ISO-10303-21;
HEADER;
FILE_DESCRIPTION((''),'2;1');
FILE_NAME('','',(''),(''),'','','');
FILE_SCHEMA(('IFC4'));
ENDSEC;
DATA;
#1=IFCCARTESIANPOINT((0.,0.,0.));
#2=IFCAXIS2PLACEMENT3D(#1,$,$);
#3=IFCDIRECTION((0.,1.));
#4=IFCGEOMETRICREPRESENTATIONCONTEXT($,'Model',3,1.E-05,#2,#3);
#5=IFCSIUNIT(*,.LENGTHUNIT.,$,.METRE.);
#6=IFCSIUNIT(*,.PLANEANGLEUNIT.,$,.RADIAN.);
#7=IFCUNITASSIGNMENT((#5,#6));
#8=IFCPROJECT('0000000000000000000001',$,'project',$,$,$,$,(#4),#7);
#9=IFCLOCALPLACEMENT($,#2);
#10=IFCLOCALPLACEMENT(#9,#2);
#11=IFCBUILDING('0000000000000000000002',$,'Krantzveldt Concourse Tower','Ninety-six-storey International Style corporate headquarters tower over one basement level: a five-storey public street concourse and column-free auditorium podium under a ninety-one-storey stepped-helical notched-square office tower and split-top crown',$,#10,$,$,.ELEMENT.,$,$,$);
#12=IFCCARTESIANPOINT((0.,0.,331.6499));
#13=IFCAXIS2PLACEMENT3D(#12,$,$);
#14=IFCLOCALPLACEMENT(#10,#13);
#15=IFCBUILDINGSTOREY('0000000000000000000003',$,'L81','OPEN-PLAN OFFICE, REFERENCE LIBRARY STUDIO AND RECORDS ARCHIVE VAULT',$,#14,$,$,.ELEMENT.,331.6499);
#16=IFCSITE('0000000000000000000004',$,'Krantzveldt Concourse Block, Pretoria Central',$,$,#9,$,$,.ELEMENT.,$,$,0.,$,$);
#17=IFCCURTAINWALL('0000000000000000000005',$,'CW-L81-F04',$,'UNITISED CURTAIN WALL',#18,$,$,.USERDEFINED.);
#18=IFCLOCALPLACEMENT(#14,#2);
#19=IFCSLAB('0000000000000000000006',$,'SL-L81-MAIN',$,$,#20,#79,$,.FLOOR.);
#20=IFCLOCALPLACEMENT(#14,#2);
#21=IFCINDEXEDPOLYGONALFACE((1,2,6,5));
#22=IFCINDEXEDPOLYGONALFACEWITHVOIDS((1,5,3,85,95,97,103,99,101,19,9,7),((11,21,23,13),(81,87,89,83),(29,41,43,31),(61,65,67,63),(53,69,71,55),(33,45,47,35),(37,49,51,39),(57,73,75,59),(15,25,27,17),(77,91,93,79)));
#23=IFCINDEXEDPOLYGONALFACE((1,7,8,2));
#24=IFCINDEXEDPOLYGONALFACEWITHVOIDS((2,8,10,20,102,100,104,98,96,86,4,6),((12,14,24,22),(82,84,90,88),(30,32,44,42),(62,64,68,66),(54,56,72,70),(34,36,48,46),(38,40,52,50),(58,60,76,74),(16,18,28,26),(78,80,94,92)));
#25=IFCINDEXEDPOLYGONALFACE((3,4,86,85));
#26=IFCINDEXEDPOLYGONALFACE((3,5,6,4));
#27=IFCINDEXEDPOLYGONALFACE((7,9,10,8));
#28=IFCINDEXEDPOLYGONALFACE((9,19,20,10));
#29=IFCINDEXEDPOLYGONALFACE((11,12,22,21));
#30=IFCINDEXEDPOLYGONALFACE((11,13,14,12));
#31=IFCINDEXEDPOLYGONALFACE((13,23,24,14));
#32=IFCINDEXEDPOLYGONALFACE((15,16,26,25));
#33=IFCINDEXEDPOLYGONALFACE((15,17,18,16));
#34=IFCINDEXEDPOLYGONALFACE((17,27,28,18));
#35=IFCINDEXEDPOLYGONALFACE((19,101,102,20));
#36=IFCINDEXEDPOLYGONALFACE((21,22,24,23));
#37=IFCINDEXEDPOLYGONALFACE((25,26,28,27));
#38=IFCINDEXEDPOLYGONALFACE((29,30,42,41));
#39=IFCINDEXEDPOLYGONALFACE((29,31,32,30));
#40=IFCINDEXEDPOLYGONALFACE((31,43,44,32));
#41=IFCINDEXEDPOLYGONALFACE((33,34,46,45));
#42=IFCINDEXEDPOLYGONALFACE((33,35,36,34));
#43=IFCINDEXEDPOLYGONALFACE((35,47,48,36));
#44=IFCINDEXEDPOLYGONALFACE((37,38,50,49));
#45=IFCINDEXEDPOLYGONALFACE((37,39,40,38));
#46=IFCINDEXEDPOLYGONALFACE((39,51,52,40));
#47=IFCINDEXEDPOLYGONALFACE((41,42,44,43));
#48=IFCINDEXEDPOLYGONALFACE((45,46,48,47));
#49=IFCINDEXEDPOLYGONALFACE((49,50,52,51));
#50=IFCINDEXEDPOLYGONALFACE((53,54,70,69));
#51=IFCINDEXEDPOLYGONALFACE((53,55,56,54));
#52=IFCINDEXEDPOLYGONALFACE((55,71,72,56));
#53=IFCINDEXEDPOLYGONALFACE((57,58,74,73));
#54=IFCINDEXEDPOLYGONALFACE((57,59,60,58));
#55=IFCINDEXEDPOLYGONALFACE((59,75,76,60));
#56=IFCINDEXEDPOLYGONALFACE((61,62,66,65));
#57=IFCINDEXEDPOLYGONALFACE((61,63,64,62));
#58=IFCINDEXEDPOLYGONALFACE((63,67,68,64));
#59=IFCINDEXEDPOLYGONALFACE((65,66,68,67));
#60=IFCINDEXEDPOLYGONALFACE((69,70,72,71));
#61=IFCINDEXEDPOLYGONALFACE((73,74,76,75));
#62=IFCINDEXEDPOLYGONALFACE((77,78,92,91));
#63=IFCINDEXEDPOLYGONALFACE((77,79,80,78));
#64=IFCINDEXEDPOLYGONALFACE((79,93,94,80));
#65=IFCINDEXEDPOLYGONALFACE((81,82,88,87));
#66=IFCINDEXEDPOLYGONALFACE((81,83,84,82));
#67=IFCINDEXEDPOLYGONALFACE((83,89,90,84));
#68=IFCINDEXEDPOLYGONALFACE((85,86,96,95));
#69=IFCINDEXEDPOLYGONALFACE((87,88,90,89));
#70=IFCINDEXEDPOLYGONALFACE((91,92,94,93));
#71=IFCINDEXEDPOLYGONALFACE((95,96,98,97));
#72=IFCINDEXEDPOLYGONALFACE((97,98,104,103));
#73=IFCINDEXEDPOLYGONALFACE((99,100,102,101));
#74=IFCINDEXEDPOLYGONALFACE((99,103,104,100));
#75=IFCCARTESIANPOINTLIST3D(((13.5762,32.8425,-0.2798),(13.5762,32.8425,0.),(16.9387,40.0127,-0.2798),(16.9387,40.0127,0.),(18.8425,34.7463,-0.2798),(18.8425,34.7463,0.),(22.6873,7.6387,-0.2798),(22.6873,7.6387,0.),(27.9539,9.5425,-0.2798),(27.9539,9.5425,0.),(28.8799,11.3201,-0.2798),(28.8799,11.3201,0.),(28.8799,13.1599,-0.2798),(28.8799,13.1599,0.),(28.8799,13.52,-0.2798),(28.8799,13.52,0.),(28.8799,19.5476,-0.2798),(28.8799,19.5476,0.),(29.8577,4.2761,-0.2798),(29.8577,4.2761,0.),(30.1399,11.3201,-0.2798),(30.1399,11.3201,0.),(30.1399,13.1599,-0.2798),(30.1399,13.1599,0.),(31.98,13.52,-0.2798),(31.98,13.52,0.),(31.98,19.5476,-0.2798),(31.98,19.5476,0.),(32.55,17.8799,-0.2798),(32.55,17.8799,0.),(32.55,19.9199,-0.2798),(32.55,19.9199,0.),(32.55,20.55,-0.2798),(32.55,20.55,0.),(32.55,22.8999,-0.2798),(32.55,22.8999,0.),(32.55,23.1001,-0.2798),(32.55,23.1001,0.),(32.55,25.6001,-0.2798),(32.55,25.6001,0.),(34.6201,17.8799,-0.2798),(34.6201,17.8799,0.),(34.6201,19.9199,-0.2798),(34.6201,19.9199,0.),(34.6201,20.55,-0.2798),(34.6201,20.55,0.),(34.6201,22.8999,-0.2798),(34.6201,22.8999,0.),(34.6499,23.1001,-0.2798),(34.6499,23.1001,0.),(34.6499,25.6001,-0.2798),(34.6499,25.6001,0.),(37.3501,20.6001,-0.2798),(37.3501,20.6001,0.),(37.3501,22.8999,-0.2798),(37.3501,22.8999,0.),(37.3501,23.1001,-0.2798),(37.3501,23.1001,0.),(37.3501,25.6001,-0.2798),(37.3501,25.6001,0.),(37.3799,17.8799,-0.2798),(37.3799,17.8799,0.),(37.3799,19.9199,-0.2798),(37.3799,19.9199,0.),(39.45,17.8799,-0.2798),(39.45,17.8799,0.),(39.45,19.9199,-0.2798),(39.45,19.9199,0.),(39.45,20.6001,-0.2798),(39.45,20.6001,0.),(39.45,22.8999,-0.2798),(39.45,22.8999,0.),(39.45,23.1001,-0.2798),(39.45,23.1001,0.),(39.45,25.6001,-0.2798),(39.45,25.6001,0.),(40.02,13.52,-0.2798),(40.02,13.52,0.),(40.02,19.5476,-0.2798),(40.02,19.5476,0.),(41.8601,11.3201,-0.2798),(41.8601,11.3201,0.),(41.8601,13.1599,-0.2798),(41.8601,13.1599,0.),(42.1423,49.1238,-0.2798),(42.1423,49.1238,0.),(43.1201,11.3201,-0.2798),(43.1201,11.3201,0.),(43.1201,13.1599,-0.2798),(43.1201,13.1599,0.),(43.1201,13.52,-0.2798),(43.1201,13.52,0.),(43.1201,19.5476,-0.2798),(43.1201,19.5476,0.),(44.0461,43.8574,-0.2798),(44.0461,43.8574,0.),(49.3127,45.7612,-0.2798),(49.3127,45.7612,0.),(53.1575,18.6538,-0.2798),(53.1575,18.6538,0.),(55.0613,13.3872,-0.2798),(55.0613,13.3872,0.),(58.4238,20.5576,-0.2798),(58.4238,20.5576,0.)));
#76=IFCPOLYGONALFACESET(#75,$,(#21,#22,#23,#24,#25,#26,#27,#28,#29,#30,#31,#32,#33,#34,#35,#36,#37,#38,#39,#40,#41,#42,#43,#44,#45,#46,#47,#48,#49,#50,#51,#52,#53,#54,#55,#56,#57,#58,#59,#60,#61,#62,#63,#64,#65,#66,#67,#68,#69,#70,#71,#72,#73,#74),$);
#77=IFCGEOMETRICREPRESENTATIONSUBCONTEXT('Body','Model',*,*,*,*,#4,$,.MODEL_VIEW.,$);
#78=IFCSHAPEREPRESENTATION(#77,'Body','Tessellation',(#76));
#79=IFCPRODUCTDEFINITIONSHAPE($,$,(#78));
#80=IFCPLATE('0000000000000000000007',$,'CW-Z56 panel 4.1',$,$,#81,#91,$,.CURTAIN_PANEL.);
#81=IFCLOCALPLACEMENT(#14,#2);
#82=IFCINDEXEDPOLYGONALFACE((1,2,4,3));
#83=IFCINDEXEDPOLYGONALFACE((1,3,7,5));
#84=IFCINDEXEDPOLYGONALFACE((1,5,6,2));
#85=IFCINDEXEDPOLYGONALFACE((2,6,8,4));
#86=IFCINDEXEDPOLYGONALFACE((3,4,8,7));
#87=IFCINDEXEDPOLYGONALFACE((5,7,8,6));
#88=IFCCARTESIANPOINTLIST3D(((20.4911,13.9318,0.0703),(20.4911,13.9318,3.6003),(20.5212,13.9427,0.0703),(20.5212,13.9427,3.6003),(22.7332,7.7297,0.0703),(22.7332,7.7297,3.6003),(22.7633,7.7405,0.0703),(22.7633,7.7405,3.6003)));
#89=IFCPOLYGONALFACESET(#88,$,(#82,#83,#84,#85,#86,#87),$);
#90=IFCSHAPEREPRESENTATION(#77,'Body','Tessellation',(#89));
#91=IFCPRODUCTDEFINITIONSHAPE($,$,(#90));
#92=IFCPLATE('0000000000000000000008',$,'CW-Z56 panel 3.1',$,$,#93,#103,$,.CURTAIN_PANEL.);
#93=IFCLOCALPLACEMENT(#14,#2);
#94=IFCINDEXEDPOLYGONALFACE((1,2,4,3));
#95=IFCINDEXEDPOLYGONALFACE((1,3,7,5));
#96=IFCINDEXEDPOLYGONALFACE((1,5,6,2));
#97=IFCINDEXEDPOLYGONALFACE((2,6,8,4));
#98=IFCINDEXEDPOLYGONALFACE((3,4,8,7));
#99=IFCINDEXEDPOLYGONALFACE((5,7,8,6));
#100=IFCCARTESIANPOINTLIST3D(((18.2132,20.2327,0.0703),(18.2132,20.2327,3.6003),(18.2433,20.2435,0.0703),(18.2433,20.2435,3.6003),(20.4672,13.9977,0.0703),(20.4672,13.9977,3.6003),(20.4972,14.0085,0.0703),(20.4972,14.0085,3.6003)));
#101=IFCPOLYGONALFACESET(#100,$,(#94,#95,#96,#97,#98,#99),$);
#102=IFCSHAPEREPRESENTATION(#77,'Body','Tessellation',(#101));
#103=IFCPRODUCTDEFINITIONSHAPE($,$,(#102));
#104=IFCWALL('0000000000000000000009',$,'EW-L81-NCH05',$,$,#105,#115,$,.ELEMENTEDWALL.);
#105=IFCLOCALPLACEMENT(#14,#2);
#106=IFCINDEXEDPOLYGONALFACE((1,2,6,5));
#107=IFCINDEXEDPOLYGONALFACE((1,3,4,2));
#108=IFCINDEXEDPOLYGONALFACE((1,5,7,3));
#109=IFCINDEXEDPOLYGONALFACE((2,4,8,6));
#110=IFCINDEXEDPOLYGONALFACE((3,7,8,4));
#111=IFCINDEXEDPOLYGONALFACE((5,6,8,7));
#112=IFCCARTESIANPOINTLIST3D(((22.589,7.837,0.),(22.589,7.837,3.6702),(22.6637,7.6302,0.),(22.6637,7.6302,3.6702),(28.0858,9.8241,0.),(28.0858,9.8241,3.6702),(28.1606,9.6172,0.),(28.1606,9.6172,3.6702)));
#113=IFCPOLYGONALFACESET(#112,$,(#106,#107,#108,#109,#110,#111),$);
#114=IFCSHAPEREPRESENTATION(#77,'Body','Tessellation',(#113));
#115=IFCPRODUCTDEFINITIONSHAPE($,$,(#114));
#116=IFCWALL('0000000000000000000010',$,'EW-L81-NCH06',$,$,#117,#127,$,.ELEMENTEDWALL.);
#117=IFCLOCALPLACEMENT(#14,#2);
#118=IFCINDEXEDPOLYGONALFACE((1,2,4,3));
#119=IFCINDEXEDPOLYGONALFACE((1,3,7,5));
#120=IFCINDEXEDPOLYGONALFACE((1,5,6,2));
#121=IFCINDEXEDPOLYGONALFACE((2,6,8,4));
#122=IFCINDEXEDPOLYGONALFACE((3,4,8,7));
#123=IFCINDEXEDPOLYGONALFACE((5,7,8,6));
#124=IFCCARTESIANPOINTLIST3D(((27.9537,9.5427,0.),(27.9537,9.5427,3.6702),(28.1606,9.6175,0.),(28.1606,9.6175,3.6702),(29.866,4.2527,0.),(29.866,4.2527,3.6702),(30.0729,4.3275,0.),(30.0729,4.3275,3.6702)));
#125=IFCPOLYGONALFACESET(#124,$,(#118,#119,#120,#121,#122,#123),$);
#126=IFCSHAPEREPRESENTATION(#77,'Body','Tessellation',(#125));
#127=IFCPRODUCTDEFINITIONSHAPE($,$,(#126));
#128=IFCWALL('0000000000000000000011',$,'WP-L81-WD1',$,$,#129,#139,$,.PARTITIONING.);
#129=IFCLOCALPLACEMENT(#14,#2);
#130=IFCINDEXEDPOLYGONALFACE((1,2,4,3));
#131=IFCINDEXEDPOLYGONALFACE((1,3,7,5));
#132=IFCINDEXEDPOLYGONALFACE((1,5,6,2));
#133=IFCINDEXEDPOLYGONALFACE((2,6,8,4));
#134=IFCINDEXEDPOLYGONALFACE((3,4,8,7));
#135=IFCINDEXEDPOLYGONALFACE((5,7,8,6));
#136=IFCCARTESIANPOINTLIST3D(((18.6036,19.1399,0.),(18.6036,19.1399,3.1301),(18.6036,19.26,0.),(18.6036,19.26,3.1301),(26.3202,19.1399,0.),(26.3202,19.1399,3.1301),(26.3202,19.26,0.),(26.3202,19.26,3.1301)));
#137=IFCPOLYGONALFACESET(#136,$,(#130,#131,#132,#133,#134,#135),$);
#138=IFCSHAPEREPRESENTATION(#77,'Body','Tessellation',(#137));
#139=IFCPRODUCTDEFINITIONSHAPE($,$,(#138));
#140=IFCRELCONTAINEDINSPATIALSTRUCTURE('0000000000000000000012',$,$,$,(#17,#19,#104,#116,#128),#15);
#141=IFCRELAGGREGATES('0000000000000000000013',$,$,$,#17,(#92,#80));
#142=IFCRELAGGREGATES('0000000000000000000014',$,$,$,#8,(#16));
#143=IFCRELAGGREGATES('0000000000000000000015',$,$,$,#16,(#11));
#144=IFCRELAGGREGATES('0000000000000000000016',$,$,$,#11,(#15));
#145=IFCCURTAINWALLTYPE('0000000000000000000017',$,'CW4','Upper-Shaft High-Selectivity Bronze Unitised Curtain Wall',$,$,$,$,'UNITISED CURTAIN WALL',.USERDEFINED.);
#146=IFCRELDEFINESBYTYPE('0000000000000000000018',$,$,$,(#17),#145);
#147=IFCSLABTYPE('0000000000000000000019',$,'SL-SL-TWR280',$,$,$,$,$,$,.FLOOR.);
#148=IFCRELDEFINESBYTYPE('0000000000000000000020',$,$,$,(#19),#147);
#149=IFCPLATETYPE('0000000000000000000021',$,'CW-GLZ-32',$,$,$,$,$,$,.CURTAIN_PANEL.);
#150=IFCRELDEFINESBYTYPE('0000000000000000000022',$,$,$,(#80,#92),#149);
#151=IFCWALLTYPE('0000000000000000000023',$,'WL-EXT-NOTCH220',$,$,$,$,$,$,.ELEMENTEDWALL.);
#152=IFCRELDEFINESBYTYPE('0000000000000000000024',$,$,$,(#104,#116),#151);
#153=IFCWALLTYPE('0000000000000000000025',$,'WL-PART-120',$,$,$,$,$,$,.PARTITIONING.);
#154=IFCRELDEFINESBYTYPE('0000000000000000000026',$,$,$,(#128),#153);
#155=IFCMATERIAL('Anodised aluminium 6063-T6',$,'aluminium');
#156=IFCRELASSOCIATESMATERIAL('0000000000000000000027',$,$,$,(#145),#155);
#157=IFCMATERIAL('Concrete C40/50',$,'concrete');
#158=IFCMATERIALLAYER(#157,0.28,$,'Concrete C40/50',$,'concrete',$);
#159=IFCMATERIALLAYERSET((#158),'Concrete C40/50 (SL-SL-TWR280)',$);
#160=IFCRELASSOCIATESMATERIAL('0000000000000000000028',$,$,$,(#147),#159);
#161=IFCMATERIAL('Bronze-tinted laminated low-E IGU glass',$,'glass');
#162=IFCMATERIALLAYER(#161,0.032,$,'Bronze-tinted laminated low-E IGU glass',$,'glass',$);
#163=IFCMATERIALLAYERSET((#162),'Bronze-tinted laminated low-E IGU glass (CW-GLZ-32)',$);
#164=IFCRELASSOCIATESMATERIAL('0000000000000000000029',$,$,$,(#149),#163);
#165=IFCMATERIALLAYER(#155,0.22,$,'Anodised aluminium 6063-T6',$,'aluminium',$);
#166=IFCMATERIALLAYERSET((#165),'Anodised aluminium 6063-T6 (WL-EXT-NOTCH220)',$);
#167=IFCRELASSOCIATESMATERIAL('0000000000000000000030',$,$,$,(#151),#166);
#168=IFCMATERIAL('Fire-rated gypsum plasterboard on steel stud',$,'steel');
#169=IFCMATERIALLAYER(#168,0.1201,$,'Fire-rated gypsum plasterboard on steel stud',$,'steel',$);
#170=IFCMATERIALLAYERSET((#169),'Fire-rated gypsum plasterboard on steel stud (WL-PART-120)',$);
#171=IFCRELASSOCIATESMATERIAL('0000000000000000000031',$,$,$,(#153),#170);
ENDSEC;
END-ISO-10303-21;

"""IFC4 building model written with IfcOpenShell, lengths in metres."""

from ifc_helpers import new_model, si_unit, direction, frame, frame_2d, origin, origin_2d, place, context, subcontext, project, spatial, polyline, rectangle, outline, extrude, source, transform, mapped, material, layer, layer_set, type_object, type_shapes, element, aggregate, save


model = new_model("IFC4")

# Units and contexts
model_context = context("Model", 3, precision=1e-05, world=origin(), true_north=direction((0.0, 1.0)))
body_context = subcontext(model_context, "Body", "Model", "MODEL_VIEW")
ifc_project = project(units=[si_unit("LENGTHUNIT", "METRE"), si_unit("PLANEANGLEUNIT", "RADIAN")], contexts=[model_context])

# Site, building, storey
site_placement = place(None, origin())
site = spatial("IfcSite", under=ifc_project, at=site_placement, Name="Krantzveldt Concourse Block, Pretoria Central", CompositionType="ELEMENT", RefElevation=0.0)
building_placement = place(site_placement, origin())
building = spatial("IfcBuilding", under=site, at=building_placement, Name="Krantzveldt Concourse Tower", Description="Ninety-six-storey International Style corporate headquarters tower over one basement level: a five-storey public street concourse and column-free auditorium podium under a ninety-one-storey stepped-helical notched-square office tower and split-top crown", CompositionType="ELEMENT")
storey_placement = place(building_placement, frame((0.0, 0.0, 331.6499)))
storey = spatial("IfcBuildingStorey", under=building, at=storey_placement, Name="L81", Description="OPEN-PLAN OFFICE, REFERENCE LIBRARY STUDIO AND RECORDS ARCHIVE VAULT", CompositionType="ELEMENT", Elevation=331.6499)

# Curtain wall
ifc_material_1 = material(Name="Anodised aluminium 6063-T6", Category="aluminium")
curtain_wall_type = type_object("IfcCurtainWallType", Name="CW4", Description="Upper-Shaft High-Selectivity Bronze Unitised Curtain Wall", ElementType="UNITISED CURTAIN WALL", PredefinedType="USERDEFINED", material=ifc_material_1)
curtain_wall_placement = place(storey_placement, origin())
curtain_wall = element("IfcCurtainWall", 1, at=curtain_wall_placement, inside=storey, type_object=curtain_wall_type, Name="CW-L81-F04", ObjectType="UNITISED CURTAIN WALL", PredefinedType="USERDEFINED")

# Slab
ifc_material_2 = material(Name="Concrete C40/50", Category="concrete")
ifc_layer_1 = layer(ifc_material_2, 0.28, Name="Concrete C40/50", Category="concrete")
ifc_layer_set_1 = layer_set([ifc_layer_1], Name="Concrete C40/50 (SL-SL-TWR280)")
slab_type_1 = type_object("IfcSlabType", Name="SL-SL-TWR280", PredefinedType="FLOOR", material=ifc_layer_set_1)
slab_1_placement = place(storey_placement, frame((0.0, 0.0, -0.2798)))
element("IfcSlab", 2, at=slab_1_placement, inside=storey, type_object=slab_type_1, Name="SL-L81-MAIN", PredefinedType="FLOOR", context=body_context, shape_type="SweptSolid", body=[
    extrude(outline(polyline([(44.0461, 43.8574), (42.1423, 49.1238), (16.9387, 40.0127), (18.8425, 34.7463), (13.5762, 32.8425), (22.6873, 7.6387), (27.9539, 9.5425), (29.8577, 4.2761), (55.0613, 13.3872), (53.1575, 18.6538), (58.4238, 20.5576), (49.3127, 45.7612), (44.0461, 43.8574)]), holes=[polyline([(28.8799, 19.5476), (28.8799, 13.52), (31.98, 13.52), (31.98, 19.5476), (28.8799, 19.5476)]), polyline([(40.02, 19.5476), (40.02, 13.52), (43.1201, 13.52), (43.1201, 19.5476), (40.02, 19.5476)]), polyline([(32.55, 23.1001), (34.6499, 23.1001), (34.6499, 25.6001), (32.55, 25.6001), (32.55, 23.1001)]), polyline([(37.3501, 23.1001), (39.45, 23.1001), (39.45, 25.6001), (37.3501, 25.6001), (37.3501, 23.1001)]), polyline([(37.3501, 20.6001), (39.45, 20.6001), (39.45, 22.8999), (37.3501, 22.8999), (37.3501, 20.6001)]), polyline([(32.55, 20.55), (34.6201, 20.55), (34.6201, 22.8999), (32.55, 22.8999), (32.55, 20.55)]), polyline([(32.55, 17.8799), (34.6201, 17.8799), (34.6201, 19.9199), (32.55, 19.9199), (32.55, 17.8799)]), polyline([(37.3799, 17.8799), (39.45, 17.8799), (39.45, 19.9199), (37.3799, 19.9199), (37.3799, 17.8799)]), polyline([(28.8799, 11.3201), (30.1399, 11.3201), (30.1399, 13.1599), (28.8799, 13.1599), (28.8799, 11.3201)]), polyline([(41.8601, 11.3201), (43.1201, 11.3201), (43.1201, 13.1599), (41.8601, 13.1599), (41.8601, 11.3201)])]), origin(), (0.0, 0.0, 1.0), 0.2798),
])

# Plates
ifc_material_3 = material(Name="Bronze-tinted laminated low-E IGU glass", Category="glass")
ifc_layer_2 = layer(ifc_material_3, 0.032, Name="Bronze-tinted laminated low-E IGU glass", Category="glass")
ifc_layer_set_2 = layer_set([ifc_layer_2], Name="Bronze-tinted laminated low-E IGU glass (CW-GLZ-32)")
plate_type = type_object("IfcPlateType", Name="CW-GLZ-32", PredefinedType="CURTAIN_PANEL", material=ifc_layer_set_2)
shared_shape_1 = source(origin(), body_context, "Body", "SweptSolid", [
    extrude(rectangle(XDim=6.595, YDim=0.032, at=origin_2d()), origin(), (0.0, 0.0, 1.0), 3.53),
])
plate_1_placement = place(storey_placement, frame((21.6272, 10.8362, 0.0703), z_axis=(0.0, 0.0, 1.0), x_axis=(0.339969, -0.940437, 0.0)))
plate_1 = element("IfcPlate", 3, at=plate_1_placement, type_object=plate_type, Name="CW-Z56 panel 4.1", PredefinedType="CURTAIN_PANEL", context=body_context, shape_type="MappedRepresentation", body=[
    mapped(shared_shape_1, transform((0.0, 0.0, 0.0), x_axis=(1.0, 0.0, 0.0), y_axis=(0.0, 1.0, 0.0), z_axis=(0.0, 0.0, 1.0), scale=1.0)),
])
shared_shape_2 = source(origin(), body_context, "Body", "SweptSolid", [
    extrude(rectangle(XDim=6.6299, YDim=0.032, at=origin_2d()), origin(), (0.0, 0.0, 1.0), 3.53),
])
type_shapes(plate_type, [shared_shape_1, shared_shape_2])
plate_2_placement = place(storey_placement, frame((19.3552, 17.1206, 0.0703), z_axis=(0.0, 0.0, 1.0), x_axis=(0.339969, -0.940437, 0.0)))
plate_2 = element("IfcPlate", 4, at=plate_2_placement, type_object=plate_type, Name="CW-Z56 panel 3.1", PredefinedType="CURTAIN_PANEL", context=body_context, shape_type="MappedRepresentation", body=[
    mapped(shared_shape_2, transform((0.0, 0.0, 0.0), x_axis=(1.0, 0.0, 0.0), y_axis=(0.0, 1.0, 0.0), z_axis=(0.0, 0.0, 1.0), scale=1.0)),
])
aggregate(curtain_wall, [plate_2, plate_1])

# Walls
ifc_layer_3 = layer(ifc_material_1, 0.22, Name="Anodised aluminium 6063-T6", Category="aluminium")
ifc_layer_set_3 = layer_set([ifc_layer_3], Name="Anodised aluminium 6063-T6 (WL-EXT-NOTCH220)")
wall_type_1 = type_object("IfcWallType", Name="WL-EXT-NOTCH220", PredefinedType="ELEMENTEDWALL", material=ifc_layer_set_3)
wall_1_placement = place(storey_placement, frame((22.6265, 7.7336, 0.0), z_axis=(0.0, 0.0, 1.0), x_axis=(0.940439, 0.339962, 0.0)))
element("IfcWall", 5, at=wall_1_placement, inside=storey, type_object=wall_type_1, Name="EW-L81-NCH05", PredefinedType="ELEMENTEDWALL", context=body_context, shape_type="SweptSolid", body=[
    extrude(rectangle(XDim=5.845, YDim=0.22, at=frame_2d((2.9224, 0.0))), origin(), (0.0, 0.0, 1.0), 3.6702),
])
wall_2_placement = place(storey_placement, frame((28.0571, 9.5801, 0.0), z_axis=(0.0, 0.0, 1.0), x_axis=(0.339969, -0.940437, 0.0)))
element("IfcWall", 6, at=wall_2_placement, inside=storey, type_object=wall_type_1, Name="EW-L81-NCH06", PredefinedType="ELEMENTEDWALL", context=body_context, shape_type="SweptSolid", body=[
    extrude(rectangle(XDim=5.625, YDim=0.22, at=frame_2d((2.8125, 0.0))), origin(), (0.0, 0.0, 1.0), 3.6702),
])
ifc_material_4 = material(Name="Fire-rated gypsum plasterboard on steel stud", Category="steel")
ifc_layer_4 = layer(ifc_material_4, 0.1201, Name="Fire-rated gypsum plasterboard on steel stud", Category="steel")
ifc_layer_set_4 = layer_set([ifc_layer_4], Name="Fire-rated gypsum plasterboard on steel stud (WL-PART-120)")
wall_type_2 = type_object("IfcWallType", Name="WL-PART-120", PredefinedType="PARTITIONING", material=ifc_layer_set_4)
wall_3_placement = place(storey_placement, frame((18.6035, 19.2, 0.0), z_axis=(0.0, 0.0, 1.0), x_axis=(1.0, 0.0, 0.0)))
element("IfcWall", 7, at=wall_3_placement, inside=storey, type_object=wall_type_2, Name="WP-L81-WD1", PredefinedType="PARTITIONING", context=body_context, shape_type="SweptSolid", body=[
    extrude(rectangle(XDim=7.7166, YDim=0.1201, at=frame_2d((3.8584, 0.0))), origin(), (0.0, 0.0, 1.0), 3.1301),
])

save(model, "model.ifc")
